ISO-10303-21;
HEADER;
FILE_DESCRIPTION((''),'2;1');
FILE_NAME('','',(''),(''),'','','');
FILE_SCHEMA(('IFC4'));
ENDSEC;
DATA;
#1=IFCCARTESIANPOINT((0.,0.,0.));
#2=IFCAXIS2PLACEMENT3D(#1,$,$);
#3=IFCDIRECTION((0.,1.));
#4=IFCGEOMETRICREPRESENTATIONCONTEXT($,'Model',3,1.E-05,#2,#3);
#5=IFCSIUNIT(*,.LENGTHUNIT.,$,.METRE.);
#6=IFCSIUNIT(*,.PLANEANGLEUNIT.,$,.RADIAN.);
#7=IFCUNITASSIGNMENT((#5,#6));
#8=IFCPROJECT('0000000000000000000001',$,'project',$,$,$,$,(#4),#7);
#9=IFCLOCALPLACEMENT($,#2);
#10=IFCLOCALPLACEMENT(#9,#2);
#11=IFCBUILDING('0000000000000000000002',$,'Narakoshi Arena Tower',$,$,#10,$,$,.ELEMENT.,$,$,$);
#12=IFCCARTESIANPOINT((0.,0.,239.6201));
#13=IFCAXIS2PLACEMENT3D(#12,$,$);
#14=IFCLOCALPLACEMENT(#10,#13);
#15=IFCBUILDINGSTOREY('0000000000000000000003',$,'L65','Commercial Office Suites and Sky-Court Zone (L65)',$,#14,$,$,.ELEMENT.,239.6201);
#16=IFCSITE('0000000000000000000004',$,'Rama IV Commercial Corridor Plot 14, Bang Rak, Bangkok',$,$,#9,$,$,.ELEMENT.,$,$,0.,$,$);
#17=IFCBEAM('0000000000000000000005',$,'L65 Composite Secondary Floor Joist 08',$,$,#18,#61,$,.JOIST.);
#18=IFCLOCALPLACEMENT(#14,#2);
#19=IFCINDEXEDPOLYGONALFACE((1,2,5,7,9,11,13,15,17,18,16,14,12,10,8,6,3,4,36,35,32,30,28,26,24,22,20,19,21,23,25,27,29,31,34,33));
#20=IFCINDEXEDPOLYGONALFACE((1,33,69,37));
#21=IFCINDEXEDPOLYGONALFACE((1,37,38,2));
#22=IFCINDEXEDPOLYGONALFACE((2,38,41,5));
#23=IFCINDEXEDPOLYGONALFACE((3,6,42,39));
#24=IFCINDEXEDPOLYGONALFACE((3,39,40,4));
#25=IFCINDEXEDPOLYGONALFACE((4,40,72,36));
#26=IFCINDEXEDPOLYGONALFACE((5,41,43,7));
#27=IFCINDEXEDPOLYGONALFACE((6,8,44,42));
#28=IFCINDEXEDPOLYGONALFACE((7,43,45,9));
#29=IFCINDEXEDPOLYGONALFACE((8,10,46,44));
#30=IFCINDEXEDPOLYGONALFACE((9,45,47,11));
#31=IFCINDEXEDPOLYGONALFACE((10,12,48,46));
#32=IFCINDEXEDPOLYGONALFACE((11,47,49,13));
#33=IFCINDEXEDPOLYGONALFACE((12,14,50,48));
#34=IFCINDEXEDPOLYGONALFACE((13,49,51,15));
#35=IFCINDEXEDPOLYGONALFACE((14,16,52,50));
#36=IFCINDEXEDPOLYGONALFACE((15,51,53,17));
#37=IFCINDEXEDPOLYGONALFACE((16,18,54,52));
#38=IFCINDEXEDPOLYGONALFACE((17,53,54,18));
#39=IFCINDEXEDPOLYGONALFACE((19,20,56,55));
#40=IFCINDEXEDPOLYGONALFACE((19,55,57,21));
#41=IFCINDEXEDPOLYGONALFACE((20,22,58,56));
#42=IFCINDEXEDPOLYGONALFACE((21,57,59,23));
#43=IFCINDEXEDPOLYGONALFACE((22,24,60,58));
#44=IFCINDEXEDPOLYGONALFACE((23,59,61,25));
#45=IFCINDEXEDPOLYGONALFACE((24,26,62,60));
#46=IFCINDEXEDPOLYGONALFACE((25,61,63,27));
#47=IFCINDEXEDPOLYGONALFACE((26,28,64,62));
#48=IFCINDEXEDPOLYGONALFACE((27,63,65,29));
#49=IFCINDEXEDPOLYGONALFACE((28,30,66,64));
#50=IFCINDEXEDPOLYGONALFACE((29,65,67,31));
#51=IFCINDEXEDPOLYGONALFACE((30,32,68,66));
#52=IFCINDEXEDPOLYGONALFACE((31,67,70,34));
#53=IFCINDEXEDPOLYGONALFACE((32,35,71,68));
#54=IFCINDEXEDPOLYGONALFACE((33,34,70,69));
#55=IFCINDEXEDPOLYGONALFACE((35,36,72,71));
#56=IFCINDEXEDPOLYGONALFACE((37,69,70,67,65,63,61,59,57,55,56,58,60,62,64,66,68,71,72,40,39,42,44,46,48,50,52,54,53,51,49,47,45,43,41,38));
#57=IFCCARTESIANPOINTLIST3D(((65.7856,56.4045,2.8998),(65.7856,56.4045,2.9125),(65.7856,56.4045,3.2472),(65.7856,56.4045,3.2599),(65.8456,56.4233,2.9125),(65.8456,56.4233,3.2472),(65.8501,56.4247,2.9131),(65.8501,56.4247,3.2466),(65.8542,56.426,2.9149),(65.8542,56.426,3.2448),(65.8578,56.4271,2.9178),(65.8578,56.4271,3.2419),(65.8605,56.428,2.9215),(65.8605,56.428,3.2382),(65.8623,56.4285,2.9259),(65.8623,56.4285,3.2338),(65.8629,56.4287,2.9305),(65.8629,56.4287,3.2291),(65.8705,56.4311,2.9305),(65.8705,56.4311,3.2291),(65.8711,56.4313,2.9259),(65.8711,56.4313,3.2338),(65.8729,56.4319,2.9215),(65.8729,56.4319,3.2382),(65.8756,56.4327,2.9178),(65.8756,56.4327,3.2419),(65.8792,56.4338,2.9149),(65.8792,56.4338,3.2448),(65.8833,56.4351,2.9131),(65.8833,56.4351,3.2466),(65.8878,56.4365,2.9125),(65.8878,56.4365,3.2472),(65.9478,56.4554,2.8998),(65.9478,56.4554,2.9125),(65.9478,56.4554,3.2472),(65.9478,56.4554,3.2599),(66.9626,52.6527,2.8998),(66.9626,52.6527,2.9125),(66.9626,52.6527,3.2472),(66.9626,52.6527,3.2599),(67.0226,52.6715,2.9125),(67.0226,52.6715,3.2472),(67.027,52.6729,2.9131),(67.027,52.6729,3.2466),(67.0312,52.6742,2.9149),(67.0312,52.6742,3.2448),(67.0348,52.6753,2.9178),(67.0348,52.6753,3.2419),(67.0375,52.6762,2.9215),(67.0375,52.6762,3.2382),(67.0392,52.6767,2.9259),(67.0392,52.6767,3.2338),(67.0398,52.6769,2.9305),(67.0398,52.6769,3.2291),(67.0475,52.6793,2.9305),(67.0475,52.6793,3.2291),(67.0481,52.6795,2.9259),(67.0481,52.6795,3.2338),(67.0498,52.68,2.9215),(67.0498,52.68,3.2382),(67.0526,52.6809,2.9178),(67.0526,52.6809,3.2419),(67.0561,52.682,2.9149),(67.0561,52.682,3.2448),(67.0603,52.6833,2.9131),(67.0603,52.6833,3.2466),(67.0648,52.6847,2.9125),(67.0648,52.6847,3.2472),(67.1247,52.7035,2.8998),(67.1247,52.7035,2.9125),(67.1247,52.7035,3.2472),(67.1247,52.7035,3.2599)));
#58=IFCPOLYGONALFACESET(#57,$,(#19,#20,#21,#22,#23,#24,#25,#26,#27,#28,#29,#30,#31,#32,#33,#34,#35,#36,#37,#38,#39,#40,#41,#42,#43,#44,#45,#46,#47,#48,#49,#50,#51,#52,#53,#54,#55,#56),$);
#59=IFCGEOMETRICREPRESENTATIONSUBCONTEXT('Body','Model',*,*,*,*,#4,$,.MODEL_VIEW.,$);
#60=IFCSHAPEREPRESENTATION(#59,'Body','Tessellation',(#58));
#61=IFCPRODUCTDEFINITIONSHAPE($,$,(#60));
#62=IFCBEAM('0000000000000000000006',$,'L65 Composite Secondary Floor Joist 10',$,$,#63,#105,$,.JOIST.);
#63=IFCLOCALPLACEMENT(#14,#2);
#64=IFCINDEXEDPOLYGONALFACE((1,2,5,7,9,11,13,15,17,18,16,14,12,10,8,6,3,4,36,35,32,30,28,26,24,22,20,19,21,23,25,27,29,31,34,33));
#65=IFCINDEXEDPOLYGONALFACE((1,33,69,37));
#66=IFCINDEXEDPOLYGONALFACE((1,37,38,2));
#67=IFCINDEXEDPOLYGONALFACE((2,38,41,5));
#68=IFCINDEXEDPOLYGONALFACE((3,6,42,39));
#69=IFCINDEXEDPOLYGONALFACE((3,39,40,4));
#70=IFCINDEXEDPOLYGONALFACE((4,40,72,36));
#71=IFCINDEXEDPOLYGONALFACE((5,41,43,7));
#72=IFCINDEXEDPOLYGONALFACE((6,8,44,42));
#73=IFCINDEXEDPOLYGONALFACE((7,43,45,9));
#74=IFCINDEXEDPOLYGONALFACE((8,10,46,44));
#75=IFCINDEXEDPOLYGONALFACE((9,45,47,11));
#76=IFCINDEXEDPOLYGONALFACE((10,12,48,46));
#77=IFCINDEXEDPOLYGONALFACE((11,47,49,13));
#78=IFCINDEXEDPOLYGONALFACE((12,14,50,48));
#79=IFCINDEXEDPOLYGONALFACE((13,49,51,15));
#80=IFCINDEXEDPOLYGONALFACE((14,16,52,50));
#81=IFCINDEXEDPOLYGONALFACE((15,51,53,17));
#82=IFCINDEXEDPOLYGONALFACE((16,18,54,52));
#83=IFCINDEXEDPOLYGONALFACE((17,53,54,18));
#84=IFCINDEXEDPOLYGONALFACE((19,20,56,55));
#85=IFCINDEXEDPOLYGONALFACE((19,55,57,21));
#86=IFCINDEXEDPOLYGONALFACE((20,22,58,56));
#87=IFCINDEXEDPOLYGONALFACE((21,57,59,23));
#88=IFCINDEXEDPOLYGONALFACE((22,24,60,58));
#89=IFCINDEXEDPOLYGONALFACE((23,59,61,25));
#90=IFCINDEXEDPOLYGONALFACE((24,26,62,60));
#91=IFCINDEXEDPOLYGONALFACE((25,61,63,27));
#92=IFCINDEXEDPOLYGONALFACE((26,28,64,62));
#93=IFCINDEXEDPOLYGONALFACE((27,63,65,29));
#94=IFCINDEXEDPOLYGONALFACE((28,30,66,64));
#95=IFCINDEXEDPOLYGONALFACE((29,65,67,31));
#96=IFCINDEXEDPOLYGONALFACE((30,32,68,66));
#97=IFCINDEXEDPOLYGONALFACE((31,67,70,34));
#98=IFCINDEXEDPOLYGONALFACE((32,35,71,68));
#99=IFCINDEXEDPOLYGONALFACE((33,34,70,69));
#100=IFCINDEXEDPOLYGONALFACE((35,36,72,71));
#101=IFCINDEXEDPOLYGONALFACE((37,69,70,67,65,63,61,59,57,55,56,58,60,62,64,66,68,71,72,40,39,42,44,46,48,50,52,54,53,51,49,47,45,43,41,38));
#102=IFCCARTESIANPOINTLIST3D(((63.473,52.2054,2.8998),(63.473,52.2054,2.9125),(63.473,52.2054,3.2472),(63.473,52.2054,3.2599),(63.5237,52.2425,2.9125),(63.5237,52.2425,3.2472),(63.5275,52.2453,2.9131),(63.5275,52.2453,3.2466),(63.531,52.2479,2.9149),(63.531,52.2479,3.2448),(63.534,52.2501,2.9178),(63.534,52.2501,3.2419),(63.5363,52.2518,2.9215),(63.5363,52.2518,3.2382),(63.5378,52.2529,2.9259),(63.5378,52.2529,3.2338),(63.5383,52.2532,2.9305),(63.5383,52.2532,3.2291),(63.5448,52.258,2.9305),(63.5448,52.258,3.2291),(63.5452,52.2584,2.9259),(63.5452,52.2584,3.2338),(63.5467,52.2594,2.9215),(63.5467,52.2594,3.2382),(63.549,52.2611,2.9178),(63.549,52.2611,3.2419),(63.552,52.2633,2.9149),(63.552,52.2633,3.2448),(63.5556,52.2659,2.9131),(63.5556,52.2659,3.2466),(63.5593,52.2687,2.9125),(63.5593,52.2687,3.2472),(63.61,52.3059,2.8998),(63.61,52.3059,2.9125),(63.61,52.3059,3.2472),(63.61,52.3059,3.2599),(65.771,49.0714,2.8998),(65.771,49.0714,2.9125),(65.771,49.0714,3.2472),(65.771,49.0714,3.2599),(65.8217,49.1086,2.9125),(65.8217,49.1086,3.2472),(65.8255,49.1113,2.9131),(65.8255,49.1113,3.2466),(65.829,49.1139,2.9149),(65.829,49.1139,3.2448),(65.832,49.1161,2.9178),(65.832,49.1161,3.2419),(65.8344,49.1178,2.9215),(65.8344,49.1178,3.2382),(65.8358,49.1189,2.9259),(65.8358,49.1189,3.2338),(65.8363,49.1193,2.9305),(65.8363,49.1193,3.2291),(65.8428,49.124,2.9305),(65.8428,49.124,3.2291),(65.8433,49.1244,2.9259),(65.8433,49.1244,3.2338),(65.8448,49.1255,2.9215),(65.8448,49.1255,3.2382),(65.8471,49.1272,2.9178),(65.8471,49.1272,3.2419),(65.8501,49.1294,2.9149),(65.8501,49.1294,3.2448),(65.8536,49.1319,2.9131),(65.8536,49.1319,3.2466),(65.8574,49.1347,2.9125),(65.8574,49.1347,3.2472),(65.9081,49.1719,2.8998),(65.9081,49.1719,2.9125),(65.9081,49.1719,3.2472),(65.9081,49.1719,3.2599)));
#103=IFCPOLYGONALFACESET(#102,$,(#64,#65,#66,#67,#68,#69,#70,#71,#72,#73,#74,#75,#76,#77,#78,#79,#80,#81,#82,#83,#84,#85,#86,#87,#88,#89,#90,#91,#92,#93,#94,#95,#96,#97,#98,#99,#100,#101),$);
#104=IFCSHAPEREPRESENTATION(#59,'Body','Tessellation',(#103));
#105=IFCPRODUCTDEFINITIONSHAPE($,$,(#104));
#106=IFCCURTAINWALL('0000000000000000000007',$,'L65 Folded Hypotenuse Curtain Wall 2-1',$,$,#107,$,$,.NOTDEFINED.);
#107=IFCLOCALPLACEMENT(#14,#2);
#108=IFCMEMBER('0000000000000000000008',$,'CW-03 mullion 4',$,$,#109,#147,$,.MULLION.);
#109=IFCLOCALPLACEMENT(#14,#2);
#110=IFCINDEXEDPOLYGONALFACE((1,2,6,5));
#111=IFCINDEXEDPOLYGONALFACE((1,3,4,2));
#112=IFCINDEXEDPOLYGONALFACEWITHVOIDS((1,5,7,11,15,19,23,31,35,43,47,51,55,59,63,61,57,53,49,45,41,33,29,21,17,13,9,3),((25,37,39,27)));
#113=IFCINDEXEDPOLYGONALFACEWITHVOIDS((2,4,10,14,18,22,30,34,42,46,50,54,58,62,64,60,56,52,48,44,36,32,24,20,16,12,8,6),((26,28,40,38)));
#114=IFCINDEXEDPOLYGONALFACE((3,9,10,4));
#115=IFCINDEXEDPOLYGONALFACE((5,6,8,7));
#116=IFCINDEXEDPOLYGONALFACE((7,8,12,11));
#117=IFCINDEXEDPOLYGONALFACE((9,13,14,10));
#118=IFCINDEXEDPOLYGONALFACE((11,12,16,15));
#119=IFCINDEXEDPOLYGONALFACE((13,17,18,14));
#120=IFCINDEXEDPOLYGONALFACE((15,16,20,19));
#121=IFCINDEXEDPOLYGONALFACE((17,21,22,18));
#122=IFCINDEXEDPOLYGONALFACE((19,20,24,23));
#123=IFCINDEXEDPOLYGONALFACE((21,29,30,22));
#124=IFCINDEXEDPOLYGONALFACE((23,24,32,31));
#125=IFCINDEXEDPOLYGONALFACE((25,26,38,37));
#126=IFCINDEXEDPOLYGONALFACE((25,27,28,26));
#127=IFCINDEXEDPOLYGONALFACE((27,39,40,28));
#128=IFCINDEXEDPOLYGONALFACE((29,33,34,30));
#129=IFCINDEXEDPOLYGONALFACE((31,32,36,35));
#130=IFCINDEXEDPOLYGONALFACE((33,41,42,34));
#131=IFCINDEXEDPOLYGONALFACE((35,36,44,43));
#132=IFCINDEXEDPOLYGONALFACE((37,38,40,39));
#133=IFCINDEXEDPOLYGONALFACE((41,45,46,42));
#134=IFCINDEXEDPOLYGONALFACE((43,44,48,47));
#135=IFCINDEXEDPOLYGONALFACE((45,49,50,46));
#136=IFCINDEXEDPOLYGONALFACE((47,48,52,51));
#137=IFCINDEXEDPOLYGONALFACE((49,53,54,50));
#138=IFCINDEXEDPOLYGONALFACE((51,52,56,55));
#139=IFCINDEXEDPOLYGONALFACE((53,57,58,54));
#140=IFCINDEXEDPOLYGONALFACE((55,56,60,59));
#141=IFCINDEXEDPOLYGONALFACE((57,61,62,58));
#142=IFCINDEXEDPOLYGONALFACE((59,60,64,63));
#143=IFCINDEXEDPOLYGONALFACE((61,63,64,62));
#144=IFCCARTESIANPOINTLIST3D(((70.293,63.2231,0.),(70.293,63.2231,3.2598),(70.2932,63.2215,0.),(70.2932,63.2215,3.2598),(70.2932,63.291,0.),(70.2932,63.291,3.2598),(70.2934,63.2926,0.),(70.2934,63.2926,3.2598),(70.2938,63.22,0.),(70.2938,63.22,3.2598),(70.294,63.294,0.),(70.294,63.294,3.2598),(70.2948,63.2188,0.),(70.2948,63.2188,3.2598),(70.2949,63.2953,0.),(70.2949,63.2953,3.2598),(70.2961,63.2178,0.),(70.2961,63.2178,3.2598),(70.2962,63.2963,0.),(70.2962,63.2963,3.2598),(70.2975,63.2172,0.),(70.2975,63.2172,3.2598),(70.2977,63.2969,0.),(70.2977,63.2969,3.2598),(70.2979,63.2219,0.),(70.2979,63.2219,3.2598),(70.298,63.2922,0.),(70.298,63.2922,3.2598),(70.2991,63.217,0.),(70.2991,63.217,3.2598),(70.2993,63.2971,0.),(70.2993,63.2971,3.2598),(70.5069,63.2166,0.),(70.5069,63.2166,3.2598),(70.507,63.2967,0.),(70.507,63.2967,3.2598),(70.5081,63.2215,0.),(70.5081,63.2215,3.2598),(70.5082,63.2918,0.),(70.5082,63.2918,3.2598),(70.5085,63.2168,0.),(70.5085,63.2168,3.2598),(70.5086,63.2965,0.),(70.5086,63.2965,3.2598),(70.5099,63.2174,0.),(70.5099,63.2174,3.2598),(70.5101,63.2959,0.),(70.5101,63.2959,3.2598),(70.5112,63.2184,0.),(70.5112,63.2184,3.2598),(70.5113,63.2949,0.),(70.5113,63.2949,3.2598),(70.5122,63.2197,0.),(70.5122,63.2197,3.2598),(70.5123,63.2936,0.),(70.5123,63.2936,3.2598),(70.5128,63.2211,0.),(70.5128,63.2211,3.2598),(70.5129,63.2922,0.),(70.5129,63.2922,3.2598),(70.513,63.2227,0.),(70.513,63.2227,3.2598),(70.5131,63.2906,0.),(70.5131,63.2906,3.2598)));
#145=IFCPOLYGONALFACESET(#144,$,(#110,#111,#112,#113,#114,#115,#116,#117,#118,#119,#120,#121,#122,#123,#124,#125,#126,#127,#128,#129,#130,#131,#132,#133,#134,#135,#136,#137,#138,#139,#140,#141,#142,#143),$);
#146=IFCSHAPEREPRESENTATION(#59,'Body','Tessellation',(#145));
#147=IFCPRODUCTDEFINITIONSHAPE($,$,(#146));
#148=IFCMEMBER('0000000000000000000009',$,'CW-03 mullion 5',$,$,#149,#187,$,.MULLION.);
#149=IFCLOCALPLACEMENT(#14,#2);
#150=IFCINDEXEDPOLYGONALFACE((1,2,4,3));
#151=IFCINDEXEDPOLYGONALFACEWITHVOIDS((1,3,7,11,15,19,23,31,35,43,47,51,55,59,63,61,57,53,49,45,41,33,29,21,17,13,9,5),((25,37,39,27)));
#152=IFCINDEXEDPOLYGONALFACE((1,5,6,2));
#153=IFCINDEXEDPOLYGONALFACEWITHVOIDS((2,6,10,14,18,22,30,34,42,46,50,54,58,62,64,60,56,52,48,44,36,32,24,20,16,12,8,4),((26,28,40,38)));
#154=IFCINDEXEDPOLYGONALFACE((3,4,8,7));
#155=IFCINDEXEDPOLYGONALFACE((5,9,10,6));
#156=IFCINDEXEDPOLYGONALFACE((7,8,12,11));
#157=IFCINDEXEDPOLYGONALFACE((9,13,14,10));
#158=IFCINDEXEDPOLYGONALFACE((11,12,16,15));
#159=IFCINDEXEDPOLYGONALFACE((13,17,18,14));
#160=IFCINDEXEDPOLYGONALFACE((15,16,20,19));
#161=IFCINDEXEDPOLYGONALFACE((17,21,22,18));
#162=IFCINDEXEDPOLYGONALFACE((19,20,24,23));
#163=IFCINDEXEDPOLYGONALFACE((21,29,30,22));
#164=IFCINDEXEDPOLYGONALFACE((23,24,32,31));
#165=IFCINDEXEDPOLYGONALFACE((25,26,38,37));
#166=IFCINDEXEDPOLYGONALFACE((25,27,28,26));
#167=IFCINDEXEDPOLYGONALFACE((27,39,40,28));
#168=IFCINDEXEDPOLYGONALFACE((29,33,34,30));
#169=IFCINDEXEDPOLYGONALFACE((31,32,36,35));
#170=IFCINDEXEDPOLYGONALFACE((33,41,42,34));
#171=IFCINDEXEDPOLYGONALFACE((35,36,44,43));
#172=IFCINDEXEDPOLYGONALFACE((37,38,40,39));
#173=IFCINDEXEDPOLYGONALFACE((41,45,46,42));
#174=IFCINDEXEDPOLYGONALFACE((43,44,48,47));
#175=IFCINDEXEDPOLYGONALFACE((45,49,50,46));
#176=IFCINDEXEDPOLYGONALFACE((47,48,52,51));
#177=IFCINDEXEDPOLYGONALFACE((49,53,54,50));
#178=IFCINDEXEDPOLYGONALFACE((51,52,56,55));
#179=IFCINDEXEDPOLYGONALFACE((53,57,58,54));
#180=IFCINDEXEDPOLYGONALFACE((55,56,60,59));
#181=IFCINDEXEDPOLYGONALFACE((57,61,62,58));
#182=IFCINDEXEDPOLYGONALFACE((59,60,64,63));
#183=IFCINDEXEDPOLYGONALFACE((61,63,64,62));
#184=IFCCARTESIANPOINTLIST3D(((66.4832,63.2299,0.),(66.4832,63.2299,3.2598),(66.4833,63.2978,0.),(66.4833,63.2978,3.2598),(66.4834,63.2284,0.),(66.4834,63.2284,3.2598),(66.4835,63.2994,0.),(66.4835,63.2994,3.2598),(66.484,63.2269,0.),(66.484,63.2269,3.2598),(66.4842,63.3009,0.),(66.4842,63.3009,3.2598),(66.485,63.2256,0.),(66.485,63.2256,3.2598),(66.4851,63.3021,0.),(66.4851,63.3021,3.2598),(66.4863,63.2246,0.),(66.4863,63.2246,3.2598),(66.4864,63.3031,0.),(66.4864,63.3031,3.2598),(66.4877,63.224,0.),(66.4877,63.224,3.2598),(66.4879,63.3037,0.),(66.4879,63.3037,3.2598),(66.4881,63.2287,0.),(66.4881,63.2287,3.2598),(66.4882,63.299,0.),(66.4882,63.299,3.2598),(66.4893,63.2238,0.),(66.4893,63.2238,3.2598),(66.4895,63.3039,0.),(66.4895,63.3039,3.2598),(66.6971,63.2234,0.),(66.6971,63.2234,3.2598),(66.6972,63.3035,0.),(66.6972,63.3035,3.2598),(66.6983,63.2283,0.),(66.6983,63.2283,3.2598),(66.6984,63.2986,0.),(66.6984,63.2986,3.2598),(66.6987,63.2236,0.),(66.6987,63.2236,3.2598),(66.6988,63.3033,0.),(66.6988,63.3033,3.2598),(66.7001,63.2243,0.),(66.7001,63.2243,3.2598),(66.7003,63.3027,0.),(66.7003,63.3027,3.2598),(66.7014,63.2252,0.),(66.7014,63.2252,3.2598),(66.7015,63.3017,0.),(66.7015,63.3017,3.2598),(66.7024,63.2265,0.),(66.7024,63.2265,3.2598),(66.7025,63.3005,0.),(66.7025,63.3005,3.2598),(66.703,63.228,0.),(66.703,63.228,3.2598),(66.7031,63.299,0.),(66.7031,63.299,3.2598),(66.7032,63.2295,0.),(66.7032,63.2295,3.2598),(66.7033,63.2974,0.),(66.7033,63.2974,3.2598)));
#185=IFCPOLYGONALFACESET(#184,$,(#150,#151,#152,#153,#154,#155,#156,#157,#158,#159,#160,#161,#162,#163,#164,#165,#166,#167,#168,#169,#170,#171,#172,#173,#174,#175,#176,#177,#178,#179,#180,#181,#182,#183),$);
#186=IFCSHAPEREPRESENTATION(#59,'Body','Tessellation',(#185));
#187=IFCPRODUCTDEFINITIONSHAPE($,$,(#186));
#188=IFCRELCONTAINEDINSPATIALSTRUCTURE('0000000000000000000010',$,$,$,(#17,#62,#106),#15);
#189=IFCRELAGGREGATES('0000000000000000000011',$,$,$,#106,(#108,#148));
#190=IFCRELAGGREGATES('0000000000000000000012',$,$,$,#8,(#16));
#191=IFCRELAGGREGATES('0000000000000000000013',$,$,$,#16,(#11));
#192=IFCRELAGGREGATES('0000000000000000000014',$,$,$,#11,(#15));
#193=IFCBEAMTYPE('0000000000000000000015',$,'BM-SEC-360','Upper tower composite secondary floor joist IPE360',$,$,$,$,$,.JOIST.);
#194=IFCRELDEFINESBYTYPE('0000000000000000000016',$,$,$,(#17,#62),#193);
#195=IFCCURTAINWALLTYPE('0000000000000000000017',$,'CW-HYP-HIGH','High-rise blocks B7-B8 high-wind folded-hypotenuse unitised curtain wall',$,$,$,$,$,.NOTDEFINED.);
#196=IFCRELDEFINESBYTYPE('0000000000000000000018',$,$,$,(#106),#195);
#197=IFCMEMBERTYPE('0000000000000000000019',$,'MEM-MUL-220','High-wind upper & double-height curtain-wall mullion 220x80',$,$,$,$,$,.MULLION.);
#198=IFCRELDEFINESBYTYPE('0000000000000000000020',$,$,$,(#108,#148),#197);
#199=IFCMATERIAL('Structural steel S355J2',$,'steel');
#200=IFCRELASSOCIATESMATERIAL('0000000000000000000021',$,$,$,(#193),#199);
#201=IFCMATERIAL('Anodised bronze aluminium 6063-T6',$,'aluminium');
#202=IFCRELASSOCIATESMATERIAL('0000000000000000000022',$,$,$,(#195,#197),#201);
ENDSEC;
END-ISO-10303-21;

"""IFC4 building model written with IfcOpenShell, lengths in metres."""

from ifc_helpers import new_model, si_unit, direction, frame, origin, origin_2d, place, context, subcontext, project, spatial, hollow_rectangle, i_section, extrude, material, material_profile, profile_set, type_object, element, aggregate, save


model = new_model("IFC4")

# Units and contexts
model_context = context("Model", 3, precision=1e-05, world=origin(), true_north=direction((0.0, 1.0)))
body_context = subcontext(model_context, "Body", "Model", "MODEL_VIEW")
ifc_project = project(units=[si_unit("LENGTHUNIT", "METRE"), si_unit("PLANEANGLEUNIT", "RADIAN")], contexts=[model_context])

# Site, building, storey
site_placement = place(None, origin())
site = spatial("IfcSite", under=ifc_project, at=site_placement, Name="Rama IV Commercial Corridor Plot 14, Bang Rak, Bangkok", CompositionType="ELEMENT", RefElevation=0.0)
building_placement = place(site_placement, origin())
building = spatial("IfcBuilding", under=site, at=building_placement, Name="Narakoshi Arena Tower", CompositionType="ELEMENT")
storey_placement = place(building_placement, frame((0.0, 0.0, 239.6201)))
storey = spatial("IfcBuildingStorey", under=building, at=storey_placement, Name="L65", Description="Commercial Office Suites and Sky-Court Zone (L65)", CompositionType="ELEMENT", Elevation=239.6201)

# Beams
ifc_material_1 = material(Name="Structural steel S355J2", Category="steel")
ifc_material_profile_1 = material_profile(ifc_material_1, i_section(OverallWidth=0.1699, OverallDepth=0.3601, WebThickness=0.0081, FlangeThickness=0.0127, FilletRadius=0.0181, at=origin_2d()), Name="IPE360")
ifc_profile_set_1 = profile_set([ifc_material_profile_1], Name="Structural steel S355J2")
beam_type = type_object("IfcBeamType", Name="BM-SEC-360", Description="Upper tower composite secondary floor joist IPE360", PredefinedType="JOIST", material=ifc_profile_set_1)
beam_1_placement = place(storey_placement, frame((65.8667, 56.4299, 3.0798), z_axis=(0.299321, -0.954152, 0.0), x_axis=(0.954152, 0.299321, 0.0)))
element("IfcBeam", 1, at=beam_1_placement, inside=storey, type_object=beam_type, Name="L65 Composite Secondary Floor Joist 08", PredefinedType="JOIST", context=body_context, shape_type="SweptSolid", body=[
    extrude(i_section(OverallWidth=0.1699, OverallDepth=0.3601, WebThickness=0.0081, FlangeThickness=0.0127, FilletRadius=0.0181, at=origin_2d()), origin(), (0.0, 0.0, 1.0), 3.9321),
])
beam_2_placement = place(storey_placement, frame((63.5415, 52.2556, 3.0798), z_axis=(0.591331, -0.806429, 0.0), x_axis=(0.806429, 0.591331, 0.0)))
element("IfcBeam", 2, at=beam_2_placement, inside=storey, type_object=beam_type, Name="L65 Composite Secondary Floor Joist 10", PredefinedType="JOIST", context=body_context, shape_type="SweptSolid", body=[
    extrude(i_section(OverallWidth=0.1699, OverallDepth=0.3601, WebThickness=0.0081, FlangeThickness=0.0127, FilletRadius=0.0181, at=origin_2d()), origin(), (0.0, 0.0, 1.0), 3.8862),
])

# Curtain wall, members
ifc_material_2 = material(Name="Anodised bronze aluminium 6063-T6", Category="aluminium")
curtain_wall_type = type_object("IfcCurtainWallType", Name="CW-HYP-HIGH", Description="High-rise blocks B7-B8 high-wind folded-hypotenuse unitised curtain wall", PredefinedType="NOTDEFINED", material=ifc_material_2)
curtain_wall_placement = place(storey_placement, origin())
curtain_wall = element("IfcCurtainWall", 3, at=curtain_wall_placement, inside=storey, type_object=curtain_wall_type, Name="L65 Folded Hypotenuse Curtain Wall 2-1", PredefinedType="NOTDEFINED")
ifc_material_profile_2 = material_profile(ifc_material_2, hollow_rectangle(XDim=0.0801, YDim=0.22, WallThickness=0.0049, OuterFilletRadius=0.0061, at=origin_2d()), Name="MUL220x80x5")
ifc_profile_set_2 = profile_set([ifc_material_profile_2], Name="Anodised bronze aluminium 6063-T6")
member_type_1 = type_object("IfcMemberType", Name="MEM-MUL-220", Description="High-wind upper & double-height curtain-wall mullion 220x80", PredefinedType="MULLION", material=ifc_profile_set_2)
member_1_placement = place(storey_placement, frame((70.4031, 63.2568, 0.0), z_axis=(0.0, 0.0, 1.0), x_axis=(-0.00182, -0.999998, 0.0)))
member_1 = element("IfcMember", 4, at=member_1_placement, type_object=member_type_1, Name="CW-03 mullion 4", PredefinedType="MULLION", context=body_context, shape_type="SweptSolid", body=[
    extrude(hollow_rectangle(XDim=0.0801, YDim=0.22, WallThickness=0.0049, OuterFilletRadius=0.0061, at=origin_2d()), origin(), (0.0, 0.0, 1.0), 3.2598),
])
member_2_placement = place(storey_placement, frame((66.5933, 63.2637, 0.0), z_axis=(0.0, 0.0, 1.0), x_axis=(-0.00182, -0.999998, 0.0)))
member_2 = element("IfcMember", 5, at=member_2_placement, type_object=member_type_1, Name="CW-03 mullion 5", PredefinedType="MULLION", context=body_context, shape_type="SweptSolid", body=[
    extrude(hollow_rectangle(XDim=0.0801, YDim=0.22, WallThickness=0.0049, OuterFilletRadius=0.0061, at=origin_2d()), origin(), (0.0, 0.0, 1.0), 3.2598),
])
aggregate(curtain_wall, [member_1, member_2])

save(model, "model.ifc")
